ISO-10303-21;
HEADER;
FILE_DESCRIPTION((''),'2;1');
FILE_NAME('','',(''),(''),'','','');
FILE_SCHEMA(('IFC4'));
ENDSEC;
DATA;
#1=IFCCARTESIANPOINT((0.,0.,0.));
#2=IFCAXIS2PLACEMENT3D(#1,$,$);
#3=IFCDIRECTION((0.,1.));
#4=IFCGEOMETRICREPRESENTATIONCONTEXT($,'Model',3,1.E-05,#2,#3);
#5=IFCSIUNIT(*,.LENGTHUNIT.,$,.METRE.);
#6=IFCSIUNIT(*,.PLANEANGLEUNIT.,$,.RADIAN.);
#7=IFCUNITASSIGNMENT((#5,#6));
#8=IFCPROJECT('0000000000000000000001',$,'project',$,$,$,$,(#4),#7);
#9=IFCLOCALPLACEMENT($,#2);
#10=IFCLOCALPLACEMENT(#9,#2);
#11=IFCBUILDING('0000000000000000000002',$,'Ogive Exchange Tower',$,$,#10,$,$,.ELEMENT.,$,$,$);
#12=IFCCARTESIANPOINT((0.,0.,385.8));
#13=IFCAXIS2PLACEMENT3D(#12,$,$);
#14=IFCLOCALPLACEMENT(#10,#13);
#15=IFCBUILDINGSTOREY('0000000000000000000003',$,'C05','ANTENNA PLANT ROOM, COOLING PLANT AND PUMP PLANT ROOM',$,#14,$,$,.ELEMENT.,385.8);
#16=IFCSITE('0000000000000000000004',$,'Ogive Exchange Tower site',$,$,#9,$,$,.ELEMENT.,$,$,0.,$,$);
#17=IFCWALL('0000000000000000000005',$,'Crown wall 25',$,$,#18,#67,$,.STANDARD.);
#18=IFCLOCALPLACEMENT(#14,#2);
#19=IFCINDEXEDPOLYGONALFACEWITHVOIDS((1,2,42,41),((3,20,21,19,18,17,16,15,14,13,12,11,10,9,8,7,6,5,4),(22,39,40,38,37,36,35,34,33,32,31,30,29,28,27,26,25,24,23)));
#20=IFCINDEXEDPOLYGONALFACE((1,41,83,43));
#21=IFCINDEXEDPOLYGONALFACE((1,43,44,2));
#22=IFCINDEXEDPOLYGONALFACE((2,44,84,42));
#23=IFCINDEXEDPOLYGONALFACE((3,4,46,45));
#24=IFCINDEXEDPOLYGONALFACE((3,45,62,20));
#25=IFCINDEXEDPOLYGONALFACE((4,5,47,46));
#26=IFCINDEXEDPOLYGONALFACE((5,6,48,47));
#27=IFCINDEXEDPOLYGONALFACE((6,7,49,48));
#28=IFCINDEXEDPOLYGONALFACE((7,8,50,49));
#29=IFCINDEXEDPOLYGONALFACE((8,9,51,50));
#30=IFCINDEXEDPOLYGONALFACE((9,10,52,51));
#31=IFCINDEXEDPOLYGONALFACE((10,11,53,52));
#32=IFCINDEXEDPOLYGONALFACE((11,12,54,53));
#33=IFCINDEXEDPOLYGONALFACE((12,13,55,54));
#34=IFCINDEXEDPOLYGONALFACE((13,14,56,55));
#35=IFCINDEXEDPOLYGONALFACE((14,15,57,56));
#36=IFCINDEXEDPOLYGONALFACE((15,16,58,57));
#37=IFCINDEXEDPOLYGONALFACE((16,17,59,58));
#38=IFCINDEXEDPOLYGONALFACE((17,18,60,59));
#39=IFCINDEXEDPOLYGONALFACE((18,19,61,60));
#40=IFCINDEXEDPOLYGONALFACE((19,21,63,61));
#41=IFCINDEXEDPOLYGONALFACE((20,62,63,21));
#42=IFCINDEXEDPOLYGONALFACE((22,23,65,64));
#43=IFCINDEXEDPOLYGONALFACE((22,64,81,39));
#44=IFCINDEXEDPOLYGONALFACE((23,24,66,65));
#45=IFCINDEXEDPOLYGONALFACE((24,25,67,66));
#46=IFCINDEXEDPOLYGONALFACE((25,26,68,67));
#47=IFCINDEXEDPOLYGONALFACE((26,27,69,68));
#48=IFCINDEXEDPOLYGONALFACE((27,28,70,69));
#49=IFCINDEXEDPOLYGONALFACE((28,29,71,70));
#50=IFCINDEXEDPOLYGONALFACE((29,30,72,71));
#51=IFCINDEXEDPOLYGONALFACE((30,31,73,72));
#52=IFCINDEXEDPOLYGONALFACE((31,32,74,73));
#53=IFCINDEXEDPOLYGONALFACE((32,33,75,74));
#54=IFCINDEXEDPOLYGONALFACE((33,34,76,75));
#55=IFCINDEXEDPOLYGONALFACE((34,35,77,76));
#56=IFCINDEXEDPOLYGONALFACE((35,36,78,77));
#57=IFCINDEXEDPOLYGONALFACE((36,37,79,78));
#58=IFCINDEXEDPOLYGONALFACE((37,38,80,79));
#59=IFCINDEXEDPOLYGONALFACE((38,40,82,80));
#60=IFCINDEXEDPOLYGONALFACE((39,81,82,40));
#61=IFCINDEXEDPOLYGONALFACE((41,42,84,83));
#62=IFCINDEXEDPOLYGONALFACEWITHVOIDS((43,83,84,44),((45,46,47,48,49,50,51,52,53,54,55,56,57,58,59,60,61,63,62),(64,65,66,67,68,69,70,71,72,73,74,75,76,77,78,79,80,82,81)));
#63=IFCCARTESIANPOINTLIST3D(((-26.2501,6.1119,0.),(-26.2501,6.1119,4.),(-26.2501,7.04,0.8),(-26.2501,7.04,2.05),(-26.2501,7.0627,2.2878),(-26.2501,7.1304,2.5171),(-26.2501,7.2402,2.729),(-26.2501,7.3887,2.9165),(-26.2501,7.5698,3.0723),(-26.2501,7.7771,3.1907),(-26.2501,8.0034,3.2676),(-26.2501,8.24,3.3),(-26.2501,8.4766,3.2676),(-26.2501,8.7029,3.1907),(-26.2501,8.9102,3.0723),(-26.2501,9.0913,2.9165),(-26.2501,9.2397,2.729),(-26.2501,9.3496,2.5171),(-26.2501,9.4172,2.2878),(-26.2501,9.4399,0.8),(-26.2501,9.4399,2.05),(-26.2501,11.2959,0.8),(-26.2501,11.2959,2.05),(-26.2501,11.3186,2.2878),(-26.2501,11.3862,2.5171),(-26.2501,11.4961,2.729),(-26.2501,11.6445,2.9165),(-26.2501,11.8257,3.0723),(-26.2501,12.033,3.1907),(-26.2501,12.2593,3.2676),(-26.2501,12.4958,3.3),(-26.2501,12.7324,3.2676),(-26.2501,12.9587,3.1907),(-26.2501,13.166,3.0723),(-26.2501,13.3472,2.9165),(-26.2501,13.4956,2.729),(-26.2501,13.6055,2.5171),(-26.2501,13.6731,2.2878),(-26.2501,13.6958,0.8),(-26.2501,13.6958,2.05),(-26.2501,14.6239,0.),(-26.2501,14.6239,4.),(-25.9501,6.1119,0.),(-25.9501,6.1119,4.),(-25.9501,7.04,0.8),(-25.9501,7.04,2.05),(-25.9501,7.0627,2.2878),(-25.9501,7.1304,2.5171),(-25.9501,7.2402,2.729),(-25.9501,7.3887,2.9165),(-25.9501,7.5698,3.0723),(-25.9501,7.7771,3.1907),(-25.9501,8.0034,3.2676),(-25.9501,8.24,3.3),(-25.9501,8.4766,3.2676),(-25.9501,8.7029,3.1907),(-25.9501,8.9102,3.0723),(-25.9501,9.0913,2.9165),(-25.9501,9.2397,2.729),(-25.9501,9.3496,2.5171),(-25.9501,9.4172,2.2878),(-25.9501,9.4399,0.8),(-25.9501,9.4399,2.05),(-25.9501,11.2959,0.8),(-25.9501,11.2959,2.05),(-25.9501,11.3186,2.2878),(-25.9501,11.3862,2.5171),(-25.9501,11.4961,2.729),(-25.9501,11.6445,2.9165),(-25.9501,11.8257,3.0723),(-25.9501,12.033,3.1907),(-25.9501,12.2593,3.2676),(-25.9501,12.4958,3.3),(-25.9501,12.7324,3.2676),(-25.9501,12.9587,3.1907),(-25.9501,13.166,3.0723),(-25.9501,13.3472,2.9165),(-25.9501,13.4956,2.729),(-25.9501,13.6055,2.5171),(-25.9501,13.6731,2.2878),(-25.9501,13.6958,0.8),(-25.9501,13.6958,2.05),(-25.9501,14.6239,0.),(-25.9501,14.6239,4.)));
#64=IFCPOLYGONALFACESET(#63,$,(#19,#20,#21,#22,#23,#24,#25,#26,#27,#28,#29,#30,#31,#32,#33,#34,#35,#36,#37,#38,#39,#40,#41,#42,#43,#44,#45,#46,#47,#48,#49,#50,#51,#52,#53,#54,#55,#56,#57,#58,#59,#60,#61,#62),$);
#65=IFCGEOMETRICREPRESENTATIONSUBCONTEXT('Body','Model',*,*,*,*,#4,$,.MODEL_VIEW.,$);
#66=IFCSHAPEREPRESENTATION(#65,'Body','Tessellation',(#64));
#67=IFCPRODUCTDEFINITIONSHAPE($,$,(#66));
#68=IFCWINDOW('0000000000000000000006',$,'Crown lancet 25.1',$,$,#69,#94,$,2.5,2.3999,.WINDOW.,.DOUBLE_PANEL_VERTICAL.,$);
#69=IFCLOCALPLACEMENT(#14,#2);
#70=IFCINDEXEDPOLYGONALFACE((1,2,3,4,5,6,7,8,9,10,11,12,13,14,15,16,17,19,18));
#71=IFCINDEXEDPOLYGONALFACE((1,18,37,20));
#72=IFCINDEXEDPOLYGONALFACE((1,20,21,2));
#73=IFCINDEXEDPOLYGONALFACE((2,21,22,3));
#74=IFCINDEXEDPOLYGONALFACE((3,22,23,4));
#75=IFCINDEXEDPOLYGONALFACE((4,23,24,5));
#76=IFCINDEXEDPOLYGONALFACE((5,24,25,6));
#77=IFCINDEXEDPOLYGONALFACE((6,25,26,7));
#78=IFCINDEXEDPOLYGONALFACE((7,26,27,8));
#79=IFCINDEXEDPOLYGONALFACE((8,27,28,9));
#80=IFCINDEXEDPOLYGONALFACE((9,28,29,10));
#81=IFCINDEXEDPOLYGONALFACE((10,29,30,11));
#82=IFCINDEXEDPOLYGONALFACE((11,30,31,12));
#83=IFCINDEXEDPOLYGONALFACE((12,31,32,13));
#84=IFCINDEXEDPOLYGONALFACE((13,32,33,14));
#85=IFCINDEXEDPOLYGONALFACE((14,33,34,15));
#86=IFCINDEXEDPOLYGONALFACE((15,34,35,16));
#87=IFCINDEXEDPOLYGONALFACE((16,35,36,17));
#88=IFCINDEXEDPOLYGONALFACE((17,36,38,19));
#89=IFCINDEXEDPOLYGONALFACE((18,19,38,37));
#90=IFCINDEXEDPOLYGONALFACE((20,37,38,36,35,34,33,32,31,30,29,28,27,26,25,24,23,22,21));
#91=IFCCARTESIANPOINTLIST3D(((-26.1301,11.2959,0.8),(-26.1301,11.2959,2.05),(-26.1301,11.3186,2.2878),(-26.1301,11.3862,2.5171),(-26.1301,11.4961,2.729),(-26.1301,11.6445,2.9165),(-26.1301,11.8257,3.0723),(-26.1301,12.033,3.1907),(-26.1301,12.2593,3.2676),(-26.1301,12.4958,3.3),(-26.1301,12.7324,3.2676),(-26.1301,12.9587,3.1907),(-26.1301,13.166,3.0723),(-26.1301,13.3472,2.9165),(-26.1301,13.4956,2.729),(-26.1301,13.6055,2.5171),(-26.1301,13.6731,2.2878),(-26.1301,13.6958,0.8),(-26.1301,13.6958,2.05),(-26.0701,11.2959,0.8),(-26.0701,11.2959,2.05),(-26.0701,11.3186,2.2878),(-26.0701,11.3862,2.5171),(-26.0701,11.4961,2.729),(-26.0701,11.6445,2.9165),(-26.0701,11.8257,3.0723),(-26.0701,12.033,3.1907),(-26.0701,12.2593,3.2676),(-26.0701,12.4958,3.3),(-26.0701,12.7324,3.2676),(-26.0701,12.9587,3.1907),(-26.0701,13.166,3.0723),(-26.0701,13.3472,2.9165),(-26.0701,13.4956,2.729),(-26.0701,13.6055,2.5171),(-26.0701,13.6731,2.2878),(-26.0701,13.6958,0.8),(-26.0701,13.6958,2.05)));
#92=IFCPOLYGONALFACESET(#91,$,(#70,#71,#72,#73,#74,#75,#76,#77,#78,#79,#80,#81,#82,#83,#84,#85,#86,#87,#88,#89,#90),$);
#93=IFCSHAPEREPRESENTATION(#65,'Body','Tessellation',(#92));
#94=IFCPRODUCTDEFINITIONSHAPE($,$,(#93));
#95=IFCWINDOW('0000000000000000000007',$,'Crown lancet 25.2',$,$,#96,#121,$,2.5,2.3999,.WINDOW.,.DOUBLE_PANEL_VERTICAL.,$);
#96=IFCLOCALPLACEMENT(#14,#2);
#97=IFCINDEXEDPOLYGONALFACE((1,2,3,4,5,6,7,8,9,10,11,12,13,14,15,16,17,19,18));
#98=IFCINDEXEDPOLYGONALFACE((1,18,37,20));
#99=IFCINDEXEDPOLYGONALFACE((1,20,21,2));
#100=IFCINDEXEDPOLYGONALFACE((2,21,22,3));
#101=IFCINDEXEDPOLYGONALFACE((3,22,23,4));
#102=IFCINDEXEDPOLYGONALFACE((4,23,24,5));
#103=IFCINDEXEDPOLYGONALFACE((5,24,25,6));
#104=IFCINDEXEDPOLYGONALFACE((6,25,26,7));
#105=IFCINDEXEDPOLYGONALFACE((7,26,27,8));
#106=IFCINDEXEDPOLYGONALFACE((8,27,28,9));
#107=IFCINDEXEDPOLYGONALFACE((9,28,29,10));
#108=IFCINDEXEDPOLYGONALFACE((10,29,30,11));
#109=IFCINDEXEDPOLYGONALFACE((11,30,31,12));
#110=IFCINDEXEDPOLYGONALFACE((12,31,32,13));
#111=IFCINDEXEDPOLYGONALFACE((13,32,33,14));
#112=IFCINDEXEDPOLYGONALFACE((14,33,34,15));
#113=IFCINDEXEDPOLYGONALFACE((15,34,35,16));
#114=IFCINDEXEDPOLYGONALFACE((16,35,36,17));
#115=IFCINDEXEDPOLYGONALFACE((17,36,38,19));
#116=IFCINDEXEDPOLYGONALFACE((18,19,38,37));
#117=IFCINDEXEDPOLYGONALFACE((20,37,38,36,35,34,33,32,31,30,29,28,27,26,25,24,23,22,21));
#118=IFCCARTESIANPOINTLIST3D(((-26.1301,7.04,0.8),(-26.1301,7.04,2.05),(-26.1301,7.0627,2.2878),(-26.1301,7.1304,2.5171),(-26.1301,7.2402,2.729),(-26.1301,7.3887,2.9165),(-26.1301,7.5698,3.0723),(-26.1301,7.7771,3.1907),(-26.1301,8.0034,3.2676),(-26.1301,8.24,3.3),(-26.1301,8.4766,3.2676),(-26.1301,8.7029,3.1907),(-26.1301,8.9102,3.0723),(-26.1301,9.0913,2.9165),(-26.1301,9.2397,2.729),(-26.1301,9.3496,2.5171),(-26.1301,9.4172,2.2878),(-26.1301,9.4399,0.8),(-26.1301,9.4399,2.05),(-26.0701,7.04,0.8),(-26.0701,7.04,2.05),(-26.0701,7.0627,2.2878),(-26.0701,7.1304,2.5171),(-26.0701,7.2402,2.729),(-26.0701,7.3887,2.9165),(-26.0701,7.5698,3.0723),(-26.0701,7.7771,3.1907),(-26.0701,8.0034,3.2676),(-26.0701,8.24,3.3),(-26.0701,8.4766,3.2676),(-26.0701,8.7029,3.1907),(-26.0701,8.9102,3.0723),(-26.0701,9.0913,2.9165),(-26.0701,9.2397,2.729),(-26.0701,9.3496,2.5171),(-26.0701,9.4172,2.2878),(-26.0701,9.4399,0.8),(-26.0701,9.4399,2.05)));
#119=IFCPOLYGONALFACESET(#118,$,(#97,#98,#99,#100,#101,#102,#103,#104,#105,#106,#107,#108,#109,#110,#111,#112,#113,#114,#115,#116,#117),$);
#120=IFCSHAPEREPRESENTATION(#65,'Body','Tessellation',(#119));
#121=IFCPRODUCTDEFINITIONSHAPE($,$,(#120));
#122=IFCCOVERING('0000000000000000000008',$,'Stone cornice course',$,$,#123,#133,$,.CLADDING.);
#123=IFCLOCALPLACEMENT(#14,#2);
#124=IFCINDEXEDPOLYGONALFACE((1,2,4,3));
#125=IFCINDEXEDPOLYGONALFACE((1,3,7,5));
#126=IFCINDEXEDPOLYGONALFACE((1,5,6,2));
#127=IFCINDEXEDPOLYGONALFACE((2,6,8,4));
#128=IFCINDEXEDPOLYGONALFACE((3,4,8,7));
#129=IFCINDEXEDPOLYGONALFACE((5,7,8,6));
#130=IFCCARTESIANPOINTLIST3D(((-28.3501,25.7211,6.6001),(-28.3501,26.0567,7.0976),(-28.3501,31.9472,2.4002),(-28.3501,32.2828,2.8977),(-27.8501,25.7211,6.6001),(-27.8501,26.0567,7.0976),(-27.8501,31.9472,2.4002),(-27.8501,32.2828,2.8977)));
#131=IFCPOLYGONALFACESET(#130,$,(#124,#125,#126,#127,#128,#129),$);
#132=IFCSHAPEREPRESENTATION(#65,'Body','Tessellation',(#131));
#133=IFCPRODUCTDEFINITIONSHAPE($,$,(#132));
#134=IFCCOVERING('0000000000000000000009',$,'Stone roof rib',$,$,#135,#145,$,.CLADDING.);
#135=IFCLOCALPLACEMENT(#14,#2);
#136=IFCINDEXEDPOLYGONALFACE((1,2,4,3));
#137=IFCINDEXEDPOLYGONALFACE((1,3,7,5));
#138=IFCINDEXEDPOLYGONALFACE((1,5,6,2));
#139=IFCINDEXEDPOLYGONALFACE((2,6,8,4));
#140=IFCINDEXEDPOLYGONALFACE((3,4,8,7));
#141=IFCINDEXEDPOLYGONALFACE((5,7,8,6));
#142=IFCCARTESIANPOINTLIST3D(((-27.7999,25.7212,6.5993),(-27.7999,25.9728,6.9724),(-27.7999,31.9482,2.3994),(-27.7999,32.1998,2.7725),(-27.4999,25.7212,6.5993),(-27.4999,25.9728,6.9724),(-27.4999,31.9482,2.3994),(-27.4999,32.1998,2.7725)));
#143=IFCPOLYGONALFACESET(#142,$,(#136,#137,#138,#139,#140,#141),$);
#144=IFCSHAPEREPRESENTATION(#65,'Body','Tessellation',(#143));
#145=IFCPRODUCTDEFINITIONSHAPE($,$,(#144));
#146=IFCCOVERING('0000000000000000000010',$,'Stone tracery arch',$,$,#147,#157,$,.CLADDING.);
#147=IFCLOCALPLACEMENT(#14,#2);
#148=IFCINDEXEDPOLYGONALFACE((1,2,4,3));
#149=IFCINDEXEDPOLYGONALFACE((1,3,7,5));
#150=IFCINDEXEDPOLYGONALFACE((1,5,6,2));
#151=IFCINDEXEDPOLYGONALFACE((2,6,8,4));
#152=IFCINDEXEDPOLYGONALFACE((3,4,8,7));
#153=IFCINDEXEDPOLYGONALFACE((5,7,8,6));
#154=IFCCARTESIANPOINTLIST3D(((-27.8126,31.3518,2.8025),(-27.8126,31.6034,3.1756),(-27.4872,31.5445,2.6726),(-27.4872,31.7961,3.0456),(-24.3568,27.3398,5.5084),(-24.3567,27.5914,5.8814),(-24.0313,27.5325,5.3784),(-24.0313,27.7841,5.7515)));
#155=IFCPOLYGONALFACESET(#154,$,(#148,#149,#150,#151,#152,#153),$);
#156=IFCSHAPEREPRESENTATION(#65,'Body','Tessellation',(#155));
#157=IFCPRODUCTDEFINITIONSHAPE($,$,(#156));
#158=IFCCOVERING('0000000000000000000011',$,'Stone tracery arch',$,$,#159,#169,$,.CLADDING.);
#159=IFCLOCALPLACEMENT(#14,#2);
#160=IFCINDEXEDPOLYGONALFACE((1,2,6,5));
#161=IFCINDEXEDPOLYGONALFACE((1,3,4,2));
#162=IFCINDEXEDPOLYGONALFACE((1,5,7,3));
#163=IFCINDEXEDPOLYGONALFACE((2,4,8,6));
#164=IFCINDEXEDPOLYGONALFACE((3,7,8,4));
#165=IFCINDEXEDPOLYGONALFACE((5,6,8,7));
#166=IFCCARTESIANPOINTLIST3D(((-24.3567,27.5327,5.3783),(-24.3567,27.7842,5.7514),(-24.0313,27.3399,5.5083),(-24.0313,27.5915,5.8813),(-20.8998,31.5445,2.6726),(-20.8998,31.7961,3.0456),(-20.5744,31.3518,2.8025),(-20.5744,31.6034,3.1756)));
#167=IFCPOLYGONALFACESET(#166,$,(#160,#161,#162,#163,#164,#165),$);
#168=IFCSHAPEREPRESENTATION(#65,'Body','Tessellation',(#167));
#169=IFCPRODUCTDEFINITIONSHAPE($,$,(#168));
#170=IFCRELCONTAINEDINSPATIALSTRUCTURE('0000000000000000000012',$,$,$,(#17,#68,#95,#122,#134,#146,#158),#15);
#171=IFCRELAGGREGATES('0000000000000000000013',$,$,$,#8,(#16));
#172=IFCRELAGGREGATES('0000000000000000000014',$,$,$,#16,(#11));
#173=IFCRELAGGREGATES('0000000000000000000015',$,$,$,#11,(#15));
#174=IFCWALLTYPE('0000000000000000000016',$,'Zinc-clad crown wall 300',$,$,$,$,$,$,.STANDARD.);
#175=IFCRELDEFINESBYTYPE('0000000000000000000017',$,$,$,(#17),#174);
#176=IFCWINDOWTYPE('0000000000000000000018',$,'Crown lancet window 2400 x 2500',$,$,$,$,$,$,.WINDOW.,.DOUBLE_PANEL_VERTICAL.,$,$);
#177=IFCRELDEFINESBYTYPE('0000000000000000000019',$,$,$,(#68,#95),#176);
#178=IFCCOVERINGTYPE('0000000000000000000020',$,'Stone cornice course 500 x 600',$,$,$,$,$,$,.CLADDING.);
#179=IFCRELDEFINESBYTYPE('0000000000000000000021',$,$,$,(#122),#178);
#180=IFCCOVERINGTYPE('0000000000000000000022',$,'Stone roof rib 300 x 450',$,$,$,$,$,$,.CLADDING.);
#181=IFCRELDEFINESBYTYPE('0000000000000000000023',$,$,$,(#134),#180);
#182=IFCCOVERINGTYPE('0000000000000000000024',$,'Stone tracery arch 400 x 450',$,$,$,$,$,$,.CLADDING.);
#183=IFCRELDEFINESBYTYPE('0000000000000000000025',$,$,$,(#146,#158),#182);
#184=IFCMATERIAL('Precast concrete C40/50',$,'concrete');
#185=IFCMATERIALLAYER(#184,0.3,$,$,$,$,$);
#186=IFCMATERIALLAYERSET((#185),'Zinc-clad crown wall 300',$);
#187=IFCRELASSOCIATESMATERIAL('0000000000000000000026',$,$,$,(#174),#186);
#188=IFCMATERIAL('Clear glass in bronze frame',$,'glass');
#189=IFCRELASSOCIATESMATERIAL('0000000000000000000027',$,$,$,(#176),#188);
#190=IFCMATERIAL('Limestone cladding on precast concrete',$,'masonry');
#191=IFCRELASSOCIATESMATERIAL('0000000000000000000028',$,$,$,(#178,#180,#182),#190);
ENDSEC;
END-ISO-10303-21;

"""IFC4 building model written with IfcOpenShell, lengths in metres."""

from ifc_helpers import new_model, si_unit, direction, frame, frame_2d, origin, origin_2d, place, context, subcontext, project, spatial, polyline, rectangle, outline, extrude, material, layer, layer_set, material_profile, profile_set, type_object, element, fill, save


model = new_model("IFC4")

# Units and contexts
model_context = context("Model", 3, precision=1e-05, world=origin(), true_north=direction((0.0, 1.0)))
body_context = subcontext(model_context, "Body", "Model", "MODEL_VIEW")
ifc_project = project(units=[si_unit("LENGTHUNIT", "METRE"), si_unit("PLANEANGLEUNIT", "RADIAN")], contexts=[model_context])

# Site, building, storey
site_placement = place(None, origin())
site = spatial("IfcSite", under=ifc_project, at=site_placement, Name="Ogive Exchange Tower site", CompositionType="ELEMENT", RefElevation=0.0)
building_placement = place(site_placement, origin())
building = spatial("IfcBuilding", under=site, at=building_placement, Name="Ogive Exchange Tower", CompositionType="ELEMENT")
storey_placement = place(building_placement, frame((0.0, 0.0, 385.8)))
storey = spatial("IfcBuildingStorey", under=building, at=storey_placement, Name="C05", Description="ANTENNA PLANT ROOM, COOLING PLANT AND PUMP PLANT ROOM", CompositionType="ELEMENT", Elevation=385.8)

# Shared definitions
ifc_material_1 = material(Name="Precast concrete C40/50", Category="concrete")

# Shared definitions
ifc_layer_1 = layer(ifc_material_1, 0.3)
ifc_layer_set_1 = layer_set([ifc_layer_1], Name="Zinc-clad crown wall 300")
wall_type_1 = type_object("IfcWallType", Name="Zinc-clad crown wall 300", PredefinedType="STANDARD", material=ifc_layer_set_1)
ifc_material_2 = material(Name="Clear glass in bronze frame", Category="glass")

# Wall, openings, windows
window_type_1 = type_object("IfcWindowType", Name="Crown lancet window 2400 x 2500", PartitioningType="DOUBLE_PANEL_VERTICAL", PredefinedType="WINDOW", material=ifc_material_2)
wall_1_placement = place(storey_placement, frame((-26.1001, 14.6238, 0.0), z_axis=(0.0, 0.0, 1.0), x_axis=(0.0, -1.0, 0.0)))
wall_1 = element("IfcWall", 1, at=wall_1_placement, inside=storey, type_object=wall_type_1, Name="Crown wall 25", PredefinedType="STANDARD", context=body_context, shape_type="SweptSolid", body=[
    extrude(rectangle(XDim=8.512, YDim=0.3, at=frame_2d((4.2559, 0.0))), origin(), (0.0, 0.0, 1.0), 4.0),
])
opening_1_placement = place(wall_1_placement, frame((0.928, 0.0, 0.8)))
opening_1 = element("IfcOpeningElement", 2, at=opening_1_placement, cuts=wall_1, PredefinedType="OPENING", context=body_context, shape_type="SweptSolid", body=[
    extrude(outline(polyline([(0.0, 0.0), (2.3999, 0.0), (2.3999, 1.25), (2.3772, 1.4878), (2.3096, 1.717), (2.1997, 1.929), (2.0513, 2.1165), (1.8701, 2.2722), (1.6628, 2.3906), (1.4365, 2.4675), (1.2, 2.5), (0.9634, 2.4675), (0.7371, 2.3906), (0.5298, 2.2722), (0.3486, 2.1165), (0.2002, 1.929), (0.0903, 1.717), (0.0227, 1.4878), (0.0, 1.25), (0.0, 0.0)])), frame((0.0, 0.1599, 0.0), z_axis=(0.0, -1.0, 0.0), x_axis=(1.0, 0.0, 0.0)), (0.0, 0.0, 1.0), 0.3201),
])
opening_2_placement = place(wall_1_placement, frame((5.1838, 0.0, 0.8)))
opening_2 = element("IfcOpeningElement", 3, at=opening_2_placement, cuts=wall_1, PredefinedType="OPENING", context=body_context, shape_type="SweptSolid", body=[
    extrude(outline(polyline([(0.0, 0.0), (2.3999, 0.0), (2.3999, 1.25), (2.3772, 1.4878), (2.3096, 1.717), (2.1997, 1.929), (2.0513, 2.1165), (1.8701, 2.2722), (1.6628, 2.3906), (1.4365, 2.4675), (1.2, 2.5), (0.9634, 2.4675), (0.7371, 2.3906), (0.5298, 2.2722), (0.3486, 2.1165), (0.2002, 1.929), (0.0903, 1.717), (0.0227, 1.4878), (0.0, 1.25), (0.0, 0.0)])), frame((0.0, 0.1599, 0.0), z_axis=(0.0, -1.0, 0.0), x_axis=(1.0, 0.0, 0.0)), (0.0, 0.0, 1.0), 0.3201),
])
window_1_placement = place(opening_1_placement, origin())
window_1 = element("IfcWindow", 4, at=window_1_placement, inside=storey, type_object=window_type_1, Name="Crown lancet 25.1", OverallHeight=2.5, OverallWidth=2.3999, PartitioningType="DOUBLE_PANEL_VERTICAL", PredefinedType="WINDOW", context=body_context, shape_type="SweptSolid", body=[
    extrude(outline(polyline([(0.0, 0.0), (2.3999, 0.0), (2.3999, 1.25), (2.3772, 1.4878), (2.3096, 1.717), (2.1997, 1.929), (2.0513, 2.1165), (1.8701, 2.2722), (1.6628, 2.3906), (1.4365, 2.4675), (1.2, 2.5), (0.9634, 2.4675), (0.7371, 2.3906), (0.5298, 2.2722), (0.3486, 2.1165), (0.2002, 1.929), (0.0903, 1.717), (0.0227, 1.4878), (0.0, 1.25), (0.0, 0.0)])), frame((0.0, 0.03, 0.0), z_axis=(0.0, -1.0, 0.0), x_axis=(1.0, 0.0, 0.0)), (0.0, 0.0, 1.0), 0.0601),
])
fill(opening_1, window_1)
window_2_placement = place(opening_2_placement, origin())
window_2 = element("IfcWindow", 5, at=window_2_placement, inside=storey, type_object=window_type_1, Name="Crown lancet 25.2", OverallHeight=2.5, OverallWidth=2.3999, PartitioningType="DOUBLE_PANEL_VERTICAL", PredefinedType="WINDOW", context=body_context, shape_type="SweptSolid", body=[
    extrude(outline(polyline([(0.0, 0.0), (2.3999, 0.0), (2.3999, 1.25), (2.3772, 1.4878), (2.3096, 1.717), (2.1997, 1.929), (2.0513, 2.1165), (1.8701, 2.2722), (1.6628, 2.3906), (1.4365, 2.4675), (1.2, 2.5), (0.9634, 2.4675), (0.7371, 2.3906), (0.5298, 2.2722), (0.3486, 2.1165), (0.2002, 1.929), (0.0903, 1.717), (0.0227, 1.4878), (0.0, 1.25), (0.0, 0.0)])), frame((0.0, 0.03, 0.0), z_axis=(0.0, -1.0, 0.0), x_axis=(1.0, 0.0, 0.0)), (0.0, 0.0, 1.0), 0.0601),
])
fill(opening_2, window_2)

# Coverings
ifc_material_3 = material(Name="Limestone cladding on precast concrete", Category="masonry")
ifc_material_profile_1 = material_profile(ifc_material_3, rectangle(XDim=0.5, YDim=0.6001, at=origin_2d()), Name="CORNICE 500 x 600")
ifc_profile_set_1 = profile_set([ifc_material_profile_1], Name="Limestone cladding on precast concrete")
covering_type_1 = type_object("IfcCoveringType", Name="Stone cornice course 500 x 600", PredefinedType="CLADDING", material=ifc_profile_set_1)
covering_1_placement = place(storey_placement, frame((-28.1001, 25.8889, 6.8489), z_axis=(0.0, 0.829012, -0.559231), x_axis=(-1.0, 0.0, 0.0)))
element("IfcCovering", 6, at=covering_1_placement, inside=storey, type_object=covering_type_1, Name="Stone cornice course", PredefinedType="CLADDING", context=body_context, shape_type="SweptSolid", body=[
    extrude(rectangle(XDim=0.5, YDim=0.6001, at=origin_2d()), origin(), (0.0, 0.0, 1.0), 7.5103),
])
ifc_material_profile_2 = material_profile(ifc_material_3, rectangle(XDim=0.3, YDim=0.45, at=origin_2d()), Name="RIB 300 x 450")
ifc_profile_set_2 = profile_set([ifc_material_profile_2], Name="Limestone cladding on precast concrete")
covering_type_2 = type_object("IfcCoveringType", Name="Stone roof rib 300 x 450", PredefinedType="CLADDING", material=ifc_profile_set_2)
covering_2_placement = place(storey_placement, frame((-27.6499, 32.074, 2.5859), z_axis=(0.0, -0.829053, 0.55917), x_axis=(1.0, 0.0, 0.0)))
element("IfcCovering", 7, at=covering_2_placement, inside=storey, type_object=covering_type_2, Name="Stone roof rib", PredefinedType="CLADDING", context=body_context, shape_type="SweptSolid", body=[
    extrude(rectangle(XDim=0.3, YDim=0.45, at=origin_2d()), origin(), (0.0, 0.0, 1.0), 7.511),
])
ifc_material_profile_3 = material_profile(ifc_material_3, rectangle(XDim=0.3999, YDim=0.45, at=origin_2d()), Name="TRACERY 400 x 450")
ifc_profile_set_3 = profile_set([ifc_material_profile_3], Name="Limestone cladding on precast concrete")
covering_type_3 = type_object("IfcCoveringType", Name="Stone tracery arch 400 x 450", PredefinedType="CLADDING", material=ifc_profile_set_3)
covering_3_placement = place(storey_placement, frame((-27.6499, 31.574, 2.9241), z_axis=(0.581158, -0.674686, 0.455032), x_axis=(0.81379, 0.481778, -0.325015)))
element("IfcCovering", 8, at=covering_3_placement, inside=storey, type_object=covering_type_3, Name="Stone tracery arch", PredefinedType="CLADDING", context=body_context, shape_type="SweptSolid", body=[
    extrude(rectangle(XDim=0.3999, YDim=0.45, at=origin_2d()), origin(), (0.0, 0.0, 1.0), 5.9465),
])
covering_4_placement = place(storey_placement, frame((-20.7371, 31.574, 2.9241), z_axis=(-0.581294, -0.674605, 0.454978), x_axis=(0.813693, -0.481935, 0.325025)))
element("IfcCovering", 9, at=covering_4_placement, inside=storey, type_object=covering_type_3, Name="Stone tracery arch", PredefinedType="CLADDING", context=body_context, shape_type="SweptSolid", body=[
    extrude(rectangle(XDim=0.3999, YDim=0.45, at=origin_2d()), origin(), (0.0, 0.0, 1.0), 5.947),
])

save(model, "model.ifc")
